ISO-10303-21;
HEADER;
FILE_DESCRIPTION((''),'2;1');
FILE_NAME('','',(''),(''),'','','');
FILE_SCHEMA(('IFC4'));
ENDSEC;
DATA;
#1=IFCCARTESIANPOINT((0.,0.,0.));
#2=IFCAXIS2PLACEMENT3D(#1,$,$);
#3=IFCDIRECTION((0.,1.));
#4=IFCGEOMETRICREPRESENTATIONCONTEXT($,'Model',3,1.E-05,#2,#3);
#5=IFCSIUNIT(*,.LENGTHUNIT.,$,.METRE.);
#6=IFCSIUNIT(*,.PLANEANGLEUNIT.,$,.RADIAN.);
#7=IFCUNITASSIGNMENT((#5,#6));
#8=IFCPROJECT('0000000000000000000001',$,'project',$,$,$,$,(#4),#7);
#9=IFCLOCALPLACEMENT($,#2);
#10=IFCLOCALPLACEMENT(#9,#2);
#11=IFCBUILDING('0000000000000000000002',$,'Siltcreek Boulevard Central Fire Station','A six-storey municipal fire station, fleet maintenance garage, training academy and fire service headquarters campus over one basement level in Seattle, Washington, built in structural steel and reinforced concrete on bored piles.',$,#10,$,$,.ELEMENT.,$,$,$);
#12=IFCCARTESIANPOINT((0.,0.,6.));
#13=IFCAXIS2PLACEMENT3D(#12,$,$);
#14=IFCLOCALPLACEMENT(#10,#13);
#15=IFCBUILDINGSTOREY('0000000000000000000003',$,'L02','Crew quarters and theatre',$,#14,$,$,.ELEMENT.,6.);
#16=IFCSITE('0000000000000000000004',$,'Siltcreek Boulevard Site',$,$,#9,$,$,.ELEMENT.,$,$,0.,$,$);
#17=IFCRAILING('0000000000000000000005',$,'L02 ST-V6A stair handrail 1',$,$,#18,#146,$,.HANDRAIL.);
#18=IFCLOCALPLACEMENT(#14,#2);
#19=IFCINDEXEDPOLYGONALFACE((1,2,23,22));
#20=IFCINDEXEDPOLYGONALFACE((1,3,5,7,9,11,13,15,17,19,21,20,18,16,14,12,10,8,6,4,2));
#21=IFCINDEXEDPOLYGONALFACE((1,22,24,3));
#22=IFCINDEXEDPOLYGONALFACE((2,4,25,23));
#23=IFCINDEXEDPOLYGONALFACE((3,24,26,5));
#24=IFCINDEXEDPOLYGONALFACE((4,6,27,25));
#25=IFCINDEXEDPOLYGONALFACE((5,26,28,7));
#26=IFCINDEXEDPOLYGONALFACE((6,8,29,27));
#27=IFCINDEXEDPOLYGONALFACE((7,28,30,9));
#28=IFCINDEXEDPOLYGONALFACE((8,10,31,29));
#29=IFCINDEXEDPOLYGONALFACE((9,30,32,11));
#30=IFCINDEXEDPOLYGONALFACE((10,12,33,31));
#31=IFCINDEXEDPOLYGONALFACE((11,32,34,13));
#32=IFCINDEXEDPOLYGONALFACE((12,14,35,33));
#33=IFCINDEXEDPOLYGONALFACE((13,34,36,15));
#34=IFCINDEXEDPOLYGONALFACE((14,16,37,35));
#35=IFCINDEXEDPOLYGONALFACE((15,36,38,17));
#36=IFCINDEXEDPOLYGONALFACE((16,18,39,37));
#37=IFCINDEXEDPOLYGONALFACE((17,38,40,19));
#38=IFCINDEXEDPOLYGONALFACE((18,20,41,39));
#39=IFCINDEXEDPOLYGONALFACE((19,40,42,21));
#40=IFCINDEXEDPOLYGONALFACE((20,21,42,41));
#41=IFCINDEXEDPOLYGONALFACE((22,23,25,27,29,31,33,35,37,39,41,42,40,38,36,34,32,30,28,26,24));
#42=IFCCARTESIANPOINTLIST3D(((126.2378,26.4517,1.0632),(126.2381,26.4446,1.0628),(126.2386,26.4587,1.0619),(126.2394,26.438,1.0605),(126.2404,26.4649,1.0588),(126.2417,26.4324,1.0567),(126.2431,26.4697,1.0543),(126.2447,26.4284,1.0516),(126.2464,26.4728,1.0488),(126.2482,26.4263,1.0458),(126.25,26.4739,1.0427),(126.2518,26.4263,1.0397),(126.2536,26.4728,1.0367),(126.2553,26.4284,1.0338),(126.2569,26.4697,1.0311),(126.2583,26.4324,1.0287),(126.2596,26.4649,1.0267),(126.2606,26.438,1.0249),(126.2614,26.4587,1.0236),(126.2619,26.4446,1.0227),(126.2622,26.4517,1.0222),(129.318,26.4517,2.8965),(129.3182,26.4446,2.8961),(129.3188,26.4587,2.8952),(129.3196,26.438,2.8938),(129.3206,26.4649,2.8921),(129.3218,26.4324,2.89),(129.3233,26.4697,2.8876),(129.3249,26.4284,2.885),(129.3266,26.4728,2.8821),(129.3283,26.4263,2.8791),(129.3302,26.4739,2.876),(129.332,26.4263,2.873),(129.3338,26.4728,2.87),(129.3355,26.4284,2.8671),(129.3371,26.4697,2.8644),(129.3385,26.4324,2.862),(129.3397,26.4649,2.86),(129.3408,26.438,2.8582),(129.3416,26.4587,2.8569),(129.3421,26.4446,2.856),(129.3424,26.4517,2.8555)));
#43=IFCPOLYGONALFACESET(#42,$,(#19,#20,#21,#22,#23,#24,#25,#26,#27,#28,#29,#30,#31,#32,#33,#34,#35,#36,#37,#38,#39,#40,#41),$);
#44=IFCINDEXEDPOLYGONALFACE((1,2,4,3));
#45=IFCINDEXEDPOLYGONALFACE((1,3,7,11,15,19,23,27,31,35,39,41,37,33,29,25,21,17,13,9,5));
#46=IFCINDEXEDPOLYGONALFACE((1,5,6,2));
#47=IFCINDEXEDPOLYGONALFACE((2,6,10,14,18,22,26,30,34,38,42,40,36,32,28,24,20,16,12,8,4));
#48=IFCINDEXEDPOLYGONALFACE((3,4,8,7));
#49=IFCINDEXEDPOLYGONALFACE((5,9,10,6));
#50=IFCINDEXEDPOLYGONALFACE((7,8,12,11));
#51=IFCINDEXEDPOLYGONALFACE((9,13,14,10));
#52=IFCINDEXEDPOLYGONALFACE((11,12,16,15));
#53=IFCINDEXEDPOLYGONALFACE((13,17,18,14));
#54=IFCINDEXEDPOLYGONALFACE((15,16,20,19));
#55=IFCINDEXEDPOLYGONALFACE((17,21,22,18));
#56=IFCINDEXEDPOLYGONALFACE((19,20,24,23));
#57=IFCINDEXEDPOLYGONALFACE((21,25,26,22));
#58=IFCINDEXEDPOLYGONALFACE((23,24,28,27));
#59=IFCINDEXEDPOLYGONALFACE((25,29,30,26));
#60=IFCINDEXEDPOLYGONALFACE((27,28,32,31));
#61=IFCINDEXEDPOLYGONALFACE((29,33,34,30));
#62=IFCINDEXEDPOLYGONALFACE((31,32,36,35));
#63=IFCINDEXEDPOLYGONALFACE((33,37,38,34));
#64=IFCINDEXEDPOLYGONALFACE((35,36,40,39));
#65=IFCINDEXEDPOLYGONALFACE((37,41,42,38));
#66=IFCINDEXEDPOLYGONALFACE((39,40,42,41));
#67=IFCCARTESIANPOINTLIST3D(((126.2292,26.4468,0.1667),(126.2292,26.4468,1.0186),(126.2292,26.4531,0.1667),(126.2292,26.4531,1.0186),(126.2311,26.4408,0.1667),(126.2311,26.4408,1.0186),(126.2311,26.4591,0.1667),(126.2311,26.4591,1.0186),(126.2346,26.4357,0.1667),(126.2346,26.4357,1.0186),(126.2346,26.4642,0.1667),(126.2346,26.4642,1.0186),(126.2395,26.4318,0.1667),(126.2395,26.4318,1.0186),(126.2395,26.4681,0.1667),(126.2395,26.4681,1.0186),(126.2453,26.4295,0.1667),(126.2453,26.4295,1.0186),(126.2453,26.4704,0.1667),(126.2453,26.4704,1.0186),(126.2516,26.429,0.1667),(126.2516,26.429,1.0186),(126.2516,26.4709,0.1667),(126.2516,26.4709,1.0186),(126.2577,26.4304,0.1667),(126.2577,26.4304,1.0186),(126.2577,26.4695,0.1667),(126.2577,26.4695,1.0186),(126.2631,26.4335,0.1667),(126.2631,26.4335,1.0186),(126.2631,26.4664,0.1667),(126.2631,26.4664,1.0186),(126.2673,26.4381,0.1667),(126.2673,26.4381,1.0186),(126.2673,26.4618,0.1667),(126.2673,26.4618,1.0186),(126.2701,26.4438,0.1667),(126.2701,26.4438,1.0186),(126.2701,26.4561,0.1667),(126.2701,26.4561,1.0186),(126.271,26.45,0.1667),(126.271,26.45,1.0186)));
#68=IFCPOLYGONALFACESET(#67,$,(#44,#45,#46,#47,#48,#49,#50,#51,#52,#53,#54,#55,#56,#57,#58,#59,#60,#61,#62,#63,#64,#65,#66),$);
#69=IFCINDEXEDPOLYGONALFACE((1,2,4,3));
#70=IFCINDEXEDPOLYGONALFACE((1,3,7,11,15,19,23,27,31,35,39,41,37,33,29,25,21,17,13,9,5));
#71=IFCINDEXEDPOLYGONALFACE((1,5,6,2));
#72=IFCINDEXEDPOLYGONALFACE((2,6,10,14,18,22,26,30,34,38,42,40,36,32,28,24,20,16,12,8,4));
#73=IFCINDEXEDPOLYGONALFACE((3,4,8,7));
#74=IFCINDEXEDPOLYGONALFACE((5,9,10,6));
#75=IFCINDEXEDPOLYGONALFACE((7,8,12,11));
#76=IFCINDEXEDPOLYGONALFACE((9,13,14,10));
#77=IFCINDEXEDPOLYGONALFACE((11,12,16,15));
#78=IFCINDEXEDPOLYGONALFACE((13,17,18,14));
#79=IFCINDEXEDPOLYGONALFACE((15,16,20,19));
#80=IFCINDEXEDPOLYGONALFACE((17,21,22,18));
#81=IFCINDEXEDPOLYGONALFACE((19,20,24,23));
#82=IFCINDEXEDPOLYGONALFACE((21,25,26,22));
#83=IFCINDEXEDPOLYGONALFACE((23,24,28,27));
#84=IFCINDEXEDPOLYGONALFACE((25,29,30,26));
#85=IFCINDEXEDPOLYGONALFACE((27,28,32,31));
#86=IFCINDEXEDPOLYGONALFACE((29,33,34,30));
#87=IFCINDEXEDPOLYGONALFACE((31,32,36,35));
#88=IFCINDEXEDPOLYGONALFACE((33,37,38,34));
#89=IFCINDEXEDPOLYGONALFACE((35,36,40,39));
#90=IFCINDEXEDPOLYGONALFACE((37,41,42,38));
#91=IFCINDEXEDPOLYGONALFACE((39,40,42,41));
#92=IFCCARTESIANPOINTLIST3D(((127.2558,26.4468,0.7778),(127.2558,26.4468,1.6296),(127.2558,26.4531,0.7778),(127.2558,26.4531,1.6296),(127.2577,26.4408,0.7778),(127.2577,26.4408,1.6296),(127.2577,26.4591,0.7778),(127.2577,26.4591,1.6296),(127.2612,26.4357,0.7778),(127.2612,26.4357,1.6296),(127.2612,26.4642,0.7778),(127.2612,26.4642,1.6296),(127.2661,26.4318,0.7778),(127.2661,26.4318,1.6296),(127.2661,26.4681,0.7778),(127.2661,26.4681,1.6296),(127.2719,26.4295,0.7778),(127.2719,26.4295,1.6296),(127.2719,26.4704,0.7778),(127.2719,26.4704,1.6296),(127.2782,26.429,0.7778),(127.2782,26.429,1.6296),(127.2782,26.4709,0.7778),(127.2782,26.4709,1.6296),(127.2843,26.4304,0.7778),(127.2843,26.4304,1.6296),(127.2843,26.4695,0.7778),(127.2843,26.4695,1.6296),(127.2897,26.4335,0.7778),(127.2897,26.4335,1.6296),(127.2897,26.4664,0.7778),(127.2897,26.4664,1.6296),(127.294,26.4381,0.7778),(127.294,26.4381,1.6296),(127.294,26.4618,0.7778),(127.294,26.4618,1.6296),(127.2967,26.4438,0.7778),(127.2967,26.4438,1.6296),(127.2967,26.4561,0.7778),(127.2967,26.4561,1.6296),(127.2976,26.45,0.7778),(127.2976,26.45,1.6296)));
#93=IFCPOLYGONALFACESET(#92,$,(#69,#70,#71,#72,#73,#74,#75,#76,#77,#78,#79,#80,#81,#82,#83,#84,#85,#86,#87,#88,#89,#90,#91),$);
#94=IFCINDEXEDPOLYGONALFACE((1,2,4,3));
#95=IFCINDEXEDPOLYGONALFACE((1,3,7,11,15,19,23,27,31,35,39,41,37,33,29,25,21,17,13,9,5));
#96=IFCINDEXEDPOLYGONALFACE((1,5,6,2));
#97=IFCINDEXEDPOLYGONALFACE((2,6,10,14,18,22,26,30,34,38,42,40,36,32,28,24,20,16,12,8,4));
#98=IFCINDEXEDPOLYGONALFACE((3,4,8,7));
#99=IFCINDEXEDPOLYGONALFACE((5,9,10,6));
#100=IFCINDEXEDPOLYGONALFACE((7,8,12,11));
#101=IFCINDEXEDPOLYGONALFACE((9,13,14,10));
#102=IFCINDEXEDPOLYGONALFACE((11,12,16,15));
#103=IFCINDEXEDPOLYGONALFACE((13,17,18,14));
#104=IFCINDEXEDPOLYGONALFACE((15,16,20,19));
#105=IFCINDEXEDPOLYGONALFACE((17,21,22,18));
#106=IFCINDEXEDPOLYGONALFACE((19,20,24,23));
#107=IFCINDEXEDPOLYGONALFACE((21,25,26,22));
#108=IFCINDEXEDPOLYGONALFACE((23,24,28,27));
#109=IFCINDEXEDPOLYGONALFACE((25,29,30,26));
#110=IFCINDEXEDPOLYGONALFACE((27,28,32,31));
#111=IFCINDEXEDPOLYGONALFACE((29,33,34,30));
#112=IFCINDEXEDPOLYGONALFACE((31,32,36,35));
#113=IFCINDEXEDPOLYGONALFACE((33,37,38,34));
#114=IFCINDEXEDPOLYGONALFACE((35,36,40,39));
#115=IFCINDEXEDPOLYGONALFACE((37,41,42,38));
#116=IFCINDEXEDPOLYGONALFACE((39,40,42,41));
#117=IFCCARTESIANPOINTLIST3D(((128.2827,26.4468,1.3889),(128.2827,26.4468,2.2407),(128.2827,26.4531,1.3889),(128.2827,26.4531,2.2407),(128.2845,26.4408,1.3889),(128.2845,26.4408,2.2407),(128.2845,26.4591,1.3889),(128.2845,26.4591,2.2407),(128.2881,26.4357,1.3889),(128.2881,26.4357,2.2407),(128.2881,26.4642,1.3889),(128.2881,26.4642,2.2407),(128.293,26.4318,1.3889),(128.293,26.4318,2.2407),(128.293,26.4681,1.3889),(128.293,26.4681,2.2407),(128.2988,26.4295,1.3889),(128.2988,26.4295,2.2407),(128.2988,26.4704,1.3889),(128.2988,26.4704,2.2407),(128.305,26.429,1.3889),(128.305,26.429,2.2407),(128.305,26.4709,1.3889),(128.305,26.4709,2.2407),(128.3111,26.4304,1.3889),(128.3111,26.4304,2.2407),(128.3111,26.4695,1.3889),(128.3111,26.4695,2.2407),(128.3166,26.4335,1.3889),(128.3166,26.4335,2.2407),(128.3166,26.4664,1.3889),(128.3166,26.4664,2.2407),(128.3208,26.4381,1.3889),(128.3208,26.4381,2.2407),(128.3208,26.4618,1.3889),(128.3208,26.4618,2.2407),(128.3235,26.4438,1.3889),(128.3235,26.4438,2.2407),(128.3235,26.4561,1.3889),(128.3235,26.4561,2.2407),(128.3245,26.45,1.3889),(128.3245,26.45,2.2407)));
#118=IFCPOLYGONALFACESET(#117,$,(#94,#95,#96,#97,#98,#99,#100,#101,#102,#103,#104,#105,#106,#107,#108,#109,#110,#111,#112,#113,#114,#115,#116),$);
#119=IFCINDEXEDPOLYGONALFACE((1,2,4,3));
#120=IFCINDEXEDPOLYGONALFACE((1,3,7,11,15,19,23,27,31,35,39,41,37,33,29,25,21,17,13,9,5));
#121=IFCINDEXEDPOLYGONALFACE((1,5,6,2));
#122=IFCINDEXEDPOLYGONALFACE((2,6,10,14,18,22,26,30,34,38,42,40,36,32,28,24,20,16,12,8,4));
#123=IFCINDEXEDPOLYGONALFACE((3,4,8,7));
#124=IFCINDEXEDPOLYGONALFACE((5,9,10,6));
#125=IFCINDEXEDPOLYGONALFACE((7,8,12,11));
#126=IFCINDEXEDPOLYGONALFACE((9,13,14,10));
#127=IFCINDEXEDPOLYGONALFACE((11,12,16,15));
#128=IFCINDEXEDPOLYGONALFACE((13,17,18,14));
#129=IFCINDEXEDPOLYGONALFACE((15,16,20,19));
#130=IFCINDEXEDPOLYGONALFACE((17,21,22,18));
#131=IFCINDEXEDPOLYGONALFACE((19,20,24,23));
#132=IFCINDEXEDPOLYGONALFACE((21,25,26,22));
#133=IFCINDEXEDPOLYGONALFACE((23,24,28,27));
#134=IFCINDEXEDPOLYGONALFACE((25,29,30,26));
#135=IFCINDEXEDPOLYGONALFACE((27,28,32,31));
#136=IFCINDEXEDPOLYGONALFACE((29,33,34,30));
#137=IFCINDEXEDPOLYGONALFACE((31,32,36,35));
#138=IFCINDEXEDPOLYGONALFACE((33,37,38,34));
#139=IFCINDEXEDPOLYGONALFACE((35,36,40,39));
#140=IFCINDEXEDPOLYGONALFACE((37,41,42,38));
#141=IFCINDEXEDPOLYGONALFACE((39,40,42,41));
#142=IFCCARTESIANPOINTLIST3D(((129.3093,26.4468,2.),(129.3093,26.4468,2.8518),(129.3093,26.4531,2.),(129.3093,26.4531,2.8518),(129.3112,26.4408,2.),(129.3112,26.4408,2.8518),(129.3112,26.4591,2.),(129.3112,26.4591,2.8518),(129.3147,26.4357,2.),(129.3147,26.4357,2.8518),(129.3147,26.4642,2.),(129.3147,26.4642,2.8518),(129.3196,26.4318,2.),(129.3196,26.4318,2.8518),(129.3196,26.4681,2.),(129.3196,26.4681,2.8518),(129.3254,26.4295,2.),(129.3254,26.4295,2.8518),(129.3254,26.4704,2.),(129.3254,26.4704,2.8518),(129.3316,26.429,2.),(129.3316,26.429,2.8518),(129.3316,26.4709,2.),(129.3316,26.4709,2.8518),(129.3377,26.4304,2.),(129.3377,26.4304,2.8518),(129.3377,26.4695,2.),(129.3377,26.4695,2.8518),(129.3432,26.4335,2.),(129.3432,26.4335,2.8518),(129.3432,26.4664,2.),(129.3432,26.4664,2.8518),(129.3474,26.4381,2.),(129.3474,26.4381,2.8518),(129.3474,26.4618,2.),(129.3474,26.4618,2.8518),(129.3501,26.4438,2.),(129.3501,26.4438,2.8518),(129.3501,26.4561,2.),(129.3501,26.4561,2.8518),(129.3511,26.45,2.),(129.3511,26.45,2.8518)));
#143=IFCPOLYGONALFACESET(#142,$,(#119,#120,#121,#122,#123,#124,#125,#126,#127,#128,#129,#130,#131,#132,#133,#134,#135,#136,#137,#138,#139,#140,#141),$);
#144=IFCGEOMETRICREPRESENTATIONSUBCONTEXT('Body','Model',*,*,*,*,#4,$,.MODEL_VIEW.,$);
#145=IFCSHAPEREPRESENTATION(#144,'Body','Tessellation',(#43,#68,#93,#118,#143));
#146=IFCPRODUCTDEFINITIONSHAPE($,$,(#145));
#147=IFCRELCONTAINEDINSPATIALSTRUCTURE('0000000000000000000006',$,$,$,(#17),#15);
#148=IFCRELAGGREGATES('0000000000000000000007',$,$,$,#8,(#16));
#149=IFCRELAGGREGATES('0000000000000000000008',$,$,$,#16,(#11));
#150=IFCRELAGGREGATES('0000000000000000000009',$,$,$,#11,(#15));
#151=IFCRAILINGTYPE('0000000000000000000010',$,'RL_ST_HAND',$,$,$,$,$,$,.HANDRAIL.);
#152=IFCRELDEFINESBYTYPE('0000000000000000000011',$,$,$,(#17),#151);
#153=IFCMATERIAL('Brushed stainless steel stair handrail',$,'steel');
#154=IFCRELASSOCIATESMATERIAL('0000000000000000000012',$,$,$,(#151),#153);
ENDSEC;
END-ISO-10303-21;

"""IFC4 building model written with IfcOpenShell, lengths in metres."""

from ifc_helpers import new_model, si_unit, direction, frame, origin, origin_2d, place, context, subcontext, project, spatial, circle, extrude, material, type_object, element, save


model = new_model("IFC4")

# Units and contexts
model_context = context("Model", 3, precision=1e-05, world=origin(), true_north=direction((0.0, 1.0)))
body_context = subcontext(model_context, "Body", "Model", "MODEL_VIEW")
ifc_project = project(units=[si_unit("LENGTHUNIT", "METRE"), si_unit("PLANEANGLEUNIT", "RADIAN")], contexts=[model_context])

# Site, building, storey
site_placement = place(None, origin())
site = spatial("IfcSite", under=ifc_project, at=site_placement, Name="Siltcreek Boulevard Site", CompositionType="ELEMENT", RefElevation=0.0)
building_placement = place(site_placement, origin())
building = spatial("IfcBuilding", under=site, at=building_placement, Name="Siltcreek Boulevard Central Fire Station", Description="A six-storey municipal fire station, fleet maintenance garage, training academy and fire service headquarters campus over one basement level in Seattle, Washington, built in structural steel and reinforced concrete on bored piles.", CompositionType="ELEMENT")
storey_placement = place(building_placement, frame((0.0, 0.0, 6.0)))
storey = spatial("IfcBuildingStorey", under=building, at=storey_placement, Name="L02", Description="Crew quarters and theatre", CompositionType="ELEMENT", Elevation=6.0)

# Railing
ifc_material_1 = material(Name="Brushed stainless steel stair handrail", Category="steel")
railing_type_1 = type_object("IfcRailingType", Name="RL_ST_HAND", PredefinedType="HANDRAIL", material=ifc_material_1)
railing_1_placement = place(storey_placement, frame((126.25, 26.45, 0.1667)))
element("IfcRailing", 1, at=railing_1_placement, inside=storey, type_object=railing_type_1, Name="L02 ST-V6A stair handrail 1", PredefinedType="HANDRAIL", context=body_context, shape_type="SweptSolid", body=[
    extrude(circle(Radius=0.0239, at=origin_2d()), frame((0.0, 0.0, 0.876), z_axis=(0.859309, 0.0, 0.511458), x_axis=(0.0, 1.0, 0.0)), (0.0, 0.0, 1.0), 3.5845),
    extrude(circle(Radius=0.021, at=origin_2d()), origin(), (0.0, 0.0, 1.0), 0.8518),
    extrude(circle(Radius=0.021, at=origin_2d()), frame((1.0266, 0.0, 0.6111)), (0.0, 0.0, 1.0), 0.8518),
    extrude(circle(Radius=0.021, at=origin_2d()), frame((2.0535, 0.0, 1.2222)), (0.0, 0.0, 1.0), 0.8518),
    extrude(circle(Radius=0.021, at=origin_2d()), frame((3.0801, 0.0, 1.8333)), (0.0, 0.0, 1.0), 0.8518),
])

save(model, "model.ifc")
